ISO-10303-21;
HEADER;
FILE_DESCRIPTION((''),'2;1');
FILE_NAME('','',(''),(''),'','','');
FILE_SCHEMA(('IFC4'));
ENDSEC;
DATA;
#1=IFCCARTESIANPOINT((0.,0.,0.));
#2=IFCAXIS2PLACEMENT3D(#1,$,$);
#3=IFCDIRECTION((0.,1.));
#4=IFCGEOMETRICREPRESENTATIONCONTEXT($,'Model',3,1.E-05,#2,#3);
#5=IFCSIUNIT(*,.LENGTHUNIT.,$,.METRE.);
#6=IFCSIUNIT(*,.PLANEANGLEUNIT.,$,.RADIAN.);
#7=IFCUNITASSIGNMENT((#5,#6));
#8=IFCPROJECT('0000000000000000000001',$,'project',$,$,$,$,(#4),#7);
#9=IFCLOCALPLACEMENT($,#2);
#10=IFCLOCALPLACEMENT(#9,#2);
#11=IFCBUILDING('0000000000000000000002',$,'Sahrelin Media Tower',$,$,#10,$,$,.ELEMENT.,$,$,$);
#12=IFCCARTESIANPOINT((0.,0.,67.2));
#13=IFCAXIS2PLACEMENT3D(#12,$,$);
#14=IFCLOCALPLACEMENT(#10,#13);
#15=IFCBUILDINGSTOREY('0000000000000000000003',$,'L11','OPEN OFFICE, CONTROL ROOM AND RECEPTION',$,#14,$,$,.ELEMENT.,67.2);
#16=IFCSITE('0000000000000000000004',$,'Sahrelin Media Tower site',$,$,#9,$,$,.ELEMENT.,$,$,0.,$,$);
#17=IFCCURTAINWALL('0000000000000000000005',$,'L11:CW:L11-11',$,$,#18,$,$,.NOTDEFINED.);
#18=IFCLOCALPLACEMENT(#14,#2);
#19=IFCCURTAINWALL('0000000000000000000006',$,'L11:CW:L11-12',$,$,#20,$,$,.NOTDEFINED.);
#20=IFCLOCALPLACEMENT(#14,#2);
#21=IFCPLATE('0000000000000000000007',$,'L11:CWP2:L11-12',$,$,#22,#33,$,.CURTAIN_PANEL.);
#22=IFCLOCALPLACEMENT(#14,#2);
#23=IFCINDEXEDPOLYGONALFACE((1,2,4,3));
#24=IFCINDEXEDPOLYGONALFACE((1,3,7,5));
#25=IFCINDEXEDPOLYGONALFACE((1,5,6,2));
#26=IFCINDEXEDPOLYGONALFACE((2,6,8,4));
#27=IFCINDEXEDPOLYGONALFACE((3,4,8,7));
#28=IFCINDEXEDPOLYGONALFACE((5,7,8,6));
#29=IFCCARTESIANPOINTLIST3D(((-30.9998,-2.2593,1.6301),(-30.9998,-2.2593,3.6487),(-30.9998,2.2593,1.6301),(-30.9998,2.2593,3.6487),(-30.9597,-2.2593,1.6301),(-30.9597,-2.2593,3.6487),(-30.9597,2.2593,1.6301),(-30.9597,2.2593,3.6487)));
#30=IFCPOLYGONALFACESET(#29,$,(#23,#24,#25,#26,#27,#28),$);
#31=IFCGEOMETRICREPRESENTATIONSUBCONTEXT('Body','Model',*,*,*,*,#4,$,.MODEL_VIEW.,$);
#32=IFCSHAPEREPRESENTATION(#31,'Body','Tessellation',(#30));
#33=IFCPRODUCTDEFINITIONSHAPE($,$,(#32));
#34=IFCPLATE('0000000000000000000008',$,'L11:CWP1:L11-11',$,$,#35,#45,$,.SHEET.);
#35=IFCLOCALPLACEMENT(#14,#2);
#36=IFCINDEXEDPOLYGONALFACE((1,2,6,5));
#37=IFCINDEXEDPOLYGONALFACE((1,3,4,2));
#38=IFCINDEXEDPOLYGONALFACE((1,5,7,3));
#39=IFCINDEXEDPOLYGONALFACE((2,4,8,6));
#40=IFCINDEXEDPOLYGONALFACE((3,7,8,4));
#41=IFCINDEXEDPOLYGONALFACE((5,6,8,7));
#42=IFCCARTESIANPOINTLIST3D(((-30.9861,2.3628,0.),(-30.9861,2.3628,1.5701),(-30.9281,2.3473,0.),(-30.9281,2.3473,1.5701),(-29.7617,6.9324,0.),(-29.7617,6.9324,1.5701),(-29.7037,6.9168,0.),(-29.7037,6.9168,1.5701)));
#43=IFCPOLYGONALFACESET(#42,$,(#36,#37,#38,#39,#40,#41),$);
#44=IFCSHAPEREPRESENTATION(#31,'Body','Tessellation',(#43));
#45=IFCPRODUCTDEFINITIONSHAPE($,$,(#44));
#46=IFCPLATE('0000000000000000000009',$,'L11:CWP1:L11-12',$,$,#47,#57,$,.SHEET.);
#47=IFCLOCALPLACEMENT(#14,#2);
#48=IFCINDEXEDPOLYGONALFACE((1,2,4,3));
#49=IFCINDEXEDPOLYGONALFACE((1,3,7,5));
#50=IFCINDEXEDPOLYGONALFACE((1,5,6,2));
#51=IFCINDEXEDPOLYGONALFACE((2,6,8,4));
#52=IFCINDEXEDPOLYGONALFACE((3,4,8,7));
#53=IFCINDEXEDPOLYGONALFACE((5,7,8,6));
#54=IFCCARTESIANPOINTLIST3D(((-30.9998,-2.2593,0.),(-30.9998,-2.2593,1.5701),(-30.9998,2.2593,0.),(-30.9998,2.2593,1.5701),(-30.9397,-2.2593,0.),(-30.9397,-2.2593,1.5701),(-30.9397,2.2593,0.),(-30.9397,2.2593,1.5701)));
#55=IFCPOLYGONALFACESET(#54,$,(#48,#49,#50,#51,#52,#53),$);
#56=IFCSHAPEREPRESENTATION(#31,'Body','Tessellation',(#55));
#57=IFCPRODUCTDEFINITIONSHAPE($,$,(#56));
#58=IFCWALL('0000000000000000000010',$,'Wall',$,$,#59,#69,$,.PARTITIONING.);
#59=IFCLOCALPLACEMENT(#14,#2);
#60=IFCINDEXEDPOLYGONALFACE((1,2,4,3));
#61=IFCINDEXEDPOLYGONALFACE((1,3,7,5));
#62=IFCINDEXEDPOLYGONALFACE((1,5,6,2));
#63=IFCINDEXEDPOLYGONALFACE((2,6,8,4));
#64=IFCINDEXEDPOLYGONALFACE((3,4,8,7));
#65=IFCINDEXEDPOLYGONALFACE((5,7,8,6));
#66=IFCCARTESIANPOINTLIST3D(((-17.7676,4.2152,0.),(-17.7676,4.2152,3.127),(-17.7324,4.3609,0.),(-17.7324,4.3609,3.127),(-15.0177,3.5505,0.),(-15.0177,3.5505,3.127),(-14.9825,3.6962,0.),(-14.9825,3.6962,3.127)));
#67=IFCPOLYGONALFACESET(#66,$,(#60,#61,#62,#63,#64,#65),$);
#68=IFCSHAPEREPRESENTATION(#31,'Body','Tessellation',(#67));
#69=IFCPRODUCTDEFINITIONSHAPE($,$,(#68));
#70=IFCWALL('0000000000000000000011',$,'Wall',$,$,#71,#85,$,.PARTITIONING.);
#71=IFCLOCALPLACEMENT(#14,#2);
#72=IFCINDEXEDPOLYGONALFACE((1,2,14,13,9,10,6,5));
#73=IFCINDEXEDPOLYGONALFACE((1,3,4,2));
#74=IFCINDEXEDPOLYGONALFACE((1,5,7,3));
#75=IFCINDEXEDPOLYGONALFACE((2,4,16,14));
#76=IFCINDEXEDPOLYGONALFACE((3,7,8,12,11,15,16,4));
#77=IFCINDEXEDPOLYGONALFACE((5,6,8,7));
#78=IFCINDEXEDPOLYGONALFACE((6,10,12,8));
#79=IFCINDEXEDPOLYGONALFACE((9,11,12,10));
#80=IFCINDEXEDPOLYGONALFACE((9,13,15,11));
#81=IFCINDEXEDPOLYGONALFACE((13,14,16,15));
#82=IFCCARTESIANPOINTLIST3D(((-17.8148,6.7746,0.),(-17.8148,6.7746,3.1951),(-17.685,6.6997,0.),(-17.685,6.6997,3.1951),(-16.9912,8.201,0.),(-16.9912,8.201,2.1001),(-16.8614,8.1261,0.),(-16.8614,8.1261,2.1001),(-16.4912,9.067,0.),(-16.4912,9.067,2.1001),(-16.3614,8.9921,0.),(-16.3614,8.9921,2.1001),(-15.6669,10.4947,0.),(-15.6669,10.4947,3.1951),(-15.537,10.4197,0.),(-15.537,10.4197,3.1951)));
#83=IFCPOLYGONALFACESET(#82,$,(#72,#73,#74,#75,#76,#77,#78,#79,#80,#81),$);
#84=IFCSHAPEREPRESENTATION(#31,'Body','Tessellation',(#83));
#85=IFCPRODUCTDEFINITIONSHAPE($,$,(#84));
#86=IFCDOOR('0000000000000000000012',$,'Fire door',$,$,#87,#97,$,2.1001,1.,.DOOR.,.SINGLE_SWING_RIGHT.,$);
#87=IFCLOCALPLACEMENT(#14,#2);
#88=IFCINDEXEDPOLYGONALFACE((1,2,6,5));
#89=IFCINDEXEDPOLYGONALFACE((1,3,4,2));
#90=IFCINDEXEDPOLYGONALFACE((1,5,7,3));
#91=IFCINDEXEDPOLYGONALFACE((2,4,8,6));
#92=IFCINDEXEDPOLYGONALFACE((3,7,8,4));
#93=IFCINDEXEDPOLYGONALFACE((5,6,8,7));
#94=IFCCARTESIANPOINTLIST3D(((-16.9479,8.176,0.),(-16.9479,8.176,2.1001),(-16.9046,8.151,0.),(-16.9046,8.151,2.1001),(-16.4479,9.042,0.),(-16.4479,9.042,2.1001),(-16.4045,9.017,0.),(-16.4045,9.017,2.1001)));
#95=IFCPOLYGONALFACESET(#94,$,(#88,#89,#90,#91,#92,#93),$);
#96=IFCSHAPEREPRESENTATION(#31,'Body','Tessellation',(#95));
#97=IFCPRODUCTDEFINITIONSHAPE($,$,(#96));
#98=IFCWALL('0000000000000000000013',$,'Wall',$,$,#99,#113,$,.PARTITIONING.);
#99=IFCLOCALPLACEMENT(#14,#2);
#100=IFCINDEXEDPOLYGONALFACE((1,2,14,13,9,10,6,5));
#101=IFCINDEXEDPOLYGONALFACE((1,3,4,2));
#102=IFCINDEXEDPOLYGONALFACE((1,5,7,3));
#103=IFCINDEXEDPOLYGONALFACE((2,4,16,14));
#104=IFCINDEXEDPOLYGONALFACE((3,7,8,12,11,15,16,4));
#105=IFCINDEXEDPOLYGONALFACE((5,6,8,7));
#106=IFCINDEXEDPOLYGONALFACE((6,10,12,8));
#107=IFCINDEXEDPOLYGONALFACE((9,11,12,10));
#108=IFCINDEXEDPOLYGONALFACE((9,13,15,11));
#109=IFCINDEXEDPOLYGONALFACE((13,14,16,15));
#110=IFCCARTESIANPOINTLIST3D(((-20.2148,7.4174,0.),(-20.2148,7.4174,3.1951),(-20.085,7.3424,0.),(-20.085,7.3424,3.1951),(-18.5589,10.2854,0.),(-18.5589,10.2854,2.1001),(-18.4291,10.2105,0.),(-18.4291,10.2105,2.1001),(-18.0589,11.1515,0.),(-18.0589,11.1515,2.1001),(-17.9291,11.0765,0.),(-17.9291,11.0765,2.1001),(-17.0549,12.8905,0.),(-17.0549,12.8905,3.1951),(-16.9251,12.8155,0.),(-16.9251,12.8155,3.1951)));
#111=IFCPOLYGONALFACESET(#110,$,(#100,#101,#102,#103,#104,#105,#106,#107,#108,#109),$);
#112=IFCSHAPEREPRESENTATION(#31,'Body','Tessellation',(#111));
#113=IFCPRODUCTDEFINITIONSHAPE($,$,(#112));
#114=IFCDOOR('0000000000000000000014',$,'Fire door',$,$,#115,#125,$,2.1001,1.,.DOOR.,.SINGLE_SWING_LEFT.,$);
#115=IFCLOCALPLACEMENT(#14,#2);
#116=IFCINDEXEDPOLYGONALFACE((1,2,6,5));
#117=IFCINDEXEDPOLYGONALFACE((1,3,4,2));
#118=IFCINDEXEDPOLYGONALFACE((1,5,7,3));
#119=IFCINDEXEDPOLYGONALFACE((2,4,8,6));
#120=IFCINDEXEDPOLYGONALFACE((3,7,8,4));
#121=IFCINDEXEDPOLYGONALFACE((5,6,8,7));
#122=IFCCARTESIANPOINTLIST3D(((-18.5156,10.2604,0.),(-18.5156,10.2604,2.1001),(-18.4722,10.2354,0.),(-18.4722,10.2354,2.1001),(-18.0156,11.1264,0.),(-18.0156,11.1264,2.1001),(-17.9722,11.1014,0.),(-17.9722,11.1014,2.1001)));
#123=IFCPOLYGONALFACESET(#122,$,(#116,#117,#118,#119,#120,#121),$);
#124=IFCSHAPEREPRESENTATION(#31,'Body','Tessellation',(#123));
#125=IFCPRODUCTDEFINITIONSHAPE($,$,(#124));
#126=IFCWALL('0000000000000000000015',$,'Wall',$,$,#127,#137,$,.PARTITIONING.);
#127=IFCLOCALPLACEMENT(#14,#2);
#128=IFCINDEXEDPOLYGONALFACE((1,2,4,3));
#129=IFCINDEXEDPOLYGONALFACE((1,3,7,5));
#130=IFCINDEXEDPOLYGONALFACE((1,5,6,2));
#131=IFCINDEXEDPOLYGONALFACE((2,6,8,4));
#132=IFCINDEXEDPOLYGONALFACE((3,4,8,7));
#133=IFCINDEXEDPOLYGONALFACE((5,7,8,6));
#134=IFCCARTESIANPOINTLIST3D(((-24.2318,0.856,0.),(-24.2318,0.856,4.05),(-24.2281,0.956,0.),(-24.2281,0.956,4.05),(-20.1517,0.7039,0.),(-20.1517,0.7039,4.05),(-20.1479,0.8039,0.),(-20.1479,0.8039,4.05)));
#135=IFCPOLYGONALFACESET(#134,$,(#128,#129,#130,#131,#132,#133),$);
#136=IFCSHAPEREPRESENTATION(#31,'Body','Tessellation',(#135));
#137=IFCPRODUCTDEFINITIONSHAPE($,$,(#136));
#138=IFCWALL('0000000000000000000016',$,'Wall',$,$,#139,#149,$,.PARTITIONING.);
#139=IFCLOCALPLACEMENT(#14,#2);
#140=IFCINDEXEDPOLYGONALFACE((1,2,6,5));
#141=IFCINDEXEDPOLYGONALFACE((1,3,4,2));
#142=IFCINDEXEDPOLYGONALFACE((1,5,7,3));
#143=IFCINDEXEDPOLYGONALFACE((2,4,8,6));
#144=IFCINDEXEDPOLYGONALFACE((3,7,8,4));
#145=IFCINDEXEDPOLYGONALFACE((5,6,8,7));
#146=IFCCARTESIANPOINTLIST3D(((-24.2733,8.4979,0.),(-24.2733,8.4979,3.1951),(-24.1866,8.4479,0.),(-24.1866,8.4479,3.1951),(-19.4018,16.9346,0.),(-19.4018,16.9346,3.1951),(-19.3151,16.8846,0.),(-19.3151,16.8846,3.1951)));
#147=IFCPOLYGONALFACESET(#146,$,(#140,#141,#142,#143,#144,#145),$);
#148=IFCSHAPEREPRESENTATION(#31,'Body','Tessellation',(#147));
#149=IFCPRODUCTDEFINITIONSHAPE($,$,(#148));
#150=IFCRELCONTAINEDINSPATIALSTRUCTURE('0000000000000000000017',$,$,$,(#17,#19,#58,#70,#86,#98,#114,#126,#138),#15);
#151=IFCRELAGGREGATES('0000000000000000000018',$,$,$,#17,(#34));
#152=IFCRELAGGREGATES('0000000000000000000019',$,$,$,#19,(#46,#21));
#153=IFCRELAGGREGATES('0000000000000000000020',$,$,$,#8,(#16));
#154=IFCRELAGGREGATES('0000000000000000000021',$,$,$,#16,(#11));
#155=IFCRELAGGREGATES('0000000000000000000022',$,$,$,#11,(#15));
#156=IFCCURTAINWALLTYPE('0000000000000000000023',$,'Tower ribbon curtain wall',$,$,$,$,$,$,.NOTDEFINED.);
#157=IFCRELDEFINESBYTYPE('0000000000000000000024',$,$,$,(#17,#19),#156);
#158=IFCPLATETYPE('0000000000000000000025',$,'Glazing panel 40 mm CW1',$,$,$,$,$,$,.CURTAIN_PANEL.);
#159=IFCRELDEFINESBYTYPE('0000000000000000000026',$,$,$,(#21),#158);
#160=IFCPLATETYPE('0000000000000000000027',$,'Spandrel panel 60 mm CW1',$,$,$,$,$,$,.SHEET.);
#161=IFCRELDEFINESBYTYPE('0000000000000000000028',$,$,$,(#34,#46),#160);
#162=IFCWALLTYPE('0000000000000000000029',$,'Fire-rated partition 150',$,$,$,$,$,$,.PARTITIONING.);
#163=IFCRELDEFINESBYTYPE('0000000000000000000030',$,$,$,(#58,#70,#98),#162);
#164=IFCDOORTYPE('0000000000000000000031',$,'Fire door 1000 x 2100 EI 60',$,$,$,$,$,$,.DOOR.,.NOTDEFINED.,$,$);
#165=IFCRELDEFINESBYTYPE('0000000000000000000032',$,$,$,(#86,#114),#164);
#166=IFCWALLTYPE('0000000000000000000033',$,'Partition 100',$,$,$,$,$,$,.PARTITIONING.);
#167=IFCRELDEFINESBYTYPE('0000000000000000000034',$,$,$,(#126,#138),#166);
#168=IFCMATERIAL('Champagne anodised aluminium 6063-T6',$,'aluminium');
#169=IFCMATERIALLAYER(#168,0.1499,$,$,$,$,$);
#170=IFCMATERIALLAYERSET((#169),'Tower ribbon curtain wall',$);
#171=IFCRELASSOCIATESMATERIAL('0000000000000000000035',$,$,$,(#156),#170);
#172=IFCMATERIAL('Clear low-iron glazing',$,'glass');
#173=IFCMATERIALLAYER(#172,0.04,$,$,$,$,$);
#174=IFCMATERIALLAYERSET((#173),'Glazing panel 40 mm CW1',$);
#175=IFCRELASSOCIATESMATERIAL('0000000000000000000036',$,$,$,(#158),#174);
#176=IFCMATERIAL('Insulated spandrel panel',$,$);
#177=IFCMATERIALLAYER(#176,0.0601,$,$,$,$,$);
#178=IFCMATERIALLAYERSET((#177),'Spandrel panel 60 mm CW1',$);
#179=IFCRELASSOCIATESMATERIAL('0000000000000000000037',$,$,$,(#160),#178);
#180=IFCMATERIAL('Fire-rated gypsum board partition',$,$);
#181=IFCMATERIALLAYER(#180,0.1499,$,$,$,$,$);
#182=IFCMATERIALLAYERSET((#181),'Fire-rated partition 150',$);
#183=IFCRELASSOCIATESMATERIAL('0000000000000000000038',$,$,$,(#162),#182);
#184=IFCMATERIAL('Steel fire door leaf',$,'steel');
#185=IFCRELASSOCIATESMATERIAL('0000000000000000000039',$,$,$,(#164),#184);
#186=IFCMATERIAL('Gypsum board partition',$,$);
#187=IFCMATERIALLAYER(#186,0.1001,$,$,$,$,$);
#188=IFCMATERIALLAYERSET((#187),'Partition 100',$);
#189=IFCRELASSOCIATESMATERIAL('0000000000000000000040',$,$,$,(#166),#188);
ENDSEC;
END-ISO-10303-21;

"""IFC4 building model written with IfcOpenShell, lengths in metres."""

from ifc_helpers import new_model, si_unit, direction, frame, frame_2d, origin, place, context, subcontext, project, spatial, polyline, rectangle, outline, extrude, material, layer, layer_set, type_object, element, fill, aggregate, save


model = new_model("IFC4")

# Units and contexts
model_context = context("Model", 3, precision=1e-05, world=origin(), true_north=direction((0.0, 1.0)))
body_context = subcontext(model_context, "Body", "Model", "MODEL_VIEW")
ifc_project = project(units=[si_unit("LENGTHUNIT", "METRE"), si_unit("PLANEANGLEUNIT", "RADIAN")], contexts=[model_context])

# Site, building, storey
site_placement = place(None, origin())
site = spatial("IfcSite", under=ifc_project, at=site_placement, Name="Sahrelin Media Tower site", CompositionType="ELEMENT", RefElevation=0.0)
building_placement = place(site_placement, origin())
building = spatial("IfcBuilding", under=site, at=building_placement, Name="Sahrelin Media Tower", CompositionType="ELEMENT")
storey_placement = place(building_placement, frame((0.0, 0.0, 67.2)))
storey = spatial("IfcBuildingStorey", under=building, at=storey_placement, Name="L11", Description="OPEN OFFICE, CONTROL ROOM AND RECEPTION", CompositionType="ELEMENT", Elevation=67.2)

# Curtain wall
ifc_material_1 = material(Name="Champagne anodised aluminium 6063-T6", Category="aluminium")
ifc_layer_1 = layer(ifc_material_1, 0.1499)
ifc_layer_set_1 = layer_set([ifc_layer_1], Name="Tower ribbon curtain wall")
curtain_wall_type = type_object("IfcCurtainWallType", Name="Tower ribbon curtain wall", PredefinedType="NOTDEFINED", material=ifc_layer_set_1)
curtain_wall_1_placement = place(storey_placement, frame((-30.3545, 4.6423, 0.0), z_axis=(0.0, 0.0, 1.0), x_axis=(1.0, 0.0, 0.0)))
curtain_wall_1 = element("IfcCurtainWall", 1, at=curtain_wall_1_placement, inside=storey, type_object=curtain_wall_type, Name="L11:CW:L11-11", PredefinedType="NOTDEFINED")

# Curtain wall
curtain_wall_2_placement = place(storey_placement, frame((-30.9797, 0.0, 0.0), z_axis=(0.0, 0.0, 1.0), x_axis=(1.0, 0.0, 0.0)))
curtain_wall_2 = element("IfcCurtainWall", 2, at=curtain_wall_2_placement, inside=storey, type_object=curtain_wall_type, Name="L11:CW:L11-12", PredefinedType="NOTDEFINED")

# Plates
ifc_material_2 = material(Name="Clear low-iron glazing", Category="glass")
ifc_layer_2 = layer(ifc_material_2, 0.04)
ifc_layer_set_2 = layer_set([ifc_layer_2], Name="Glazing panel 40 mm CW1")
plate_type_1 = type_object("IfcPlateType", Name="Glazing panel 40 mm CW1", PredefinedType="CURTAIN_PANEL", material=ifc_layer_set_2)
plate_1_placement = place(storey_placement, frame((-30.9998, 2.2593, 1.6301), z_axis=(-1.0, 0.0, 0.0), x_axis=(0.0, -1.0, 0.0)))
plate_1 = element("IfcPlate", 3, at=plate_1_placement, type_object=plate_type_1, Name="L11:CWP2:L11-12", PredefinedType="CURTAIN_PANEL", context=body_context, shape_type="SweptSolid", body=[
    extrude(outline(polyline([(0.0, 0.0), (4.5186, 0.0), (4.5186, 2.0186), (0.0, 2.0186), (0.0, 0.0)])), origin(), (0.0, 0.0, -1.0), 0.04),
])
ifc_material_3 = material(Name="Insulated spandrel panel")
ifc_layer_3 = layer(ifc_material_3, 0.0601)
ifc_layer_set_3 = layer_set([ifc_layer_3], Name="Spandrel panel 60 mm CW1")
plate_type_2 = type_object("IfcPlateType", Name="Spandrel panel 60 mm CW1", PredefinedType="SHEET", material=ifc_layer_set_3)
plate_2_placement = place(storey_placement, frame((-29.7617, 6.9324, 0.0), z_axis=(-0.965928, 0.258809, 0.0), x_axis=(-0.258809, -0.965928, 0.0)))
plate_2 = element("IfcPlate", 4, at=plate_2_placement, type_object=plate_type_2, Name="L11:CWP1:L11-11", PredefinedType="SHEET", context=body_context, shape_type="SweptSolid", body=[
    extrude(outline(polyline([(0.0, 0.0), (4.7307, 0.0), (4.7307, 1.5701), (0.0, 1.5701), (0.0, 0.0)])), origin(), (0.0, 0.0, -1.0), 0.0601),
])
aggregate(curtain_wall_1, [plate_2])
plate_3_placement = place(storey_placement, frame((-30.9998, 2.2593, 0.0), z_axis=(-1.0, 0.0, 0.0), x_axis=(0.0, -1.0, 0.0)))
plate_3 = element("IfcPlate", 5, at=plate_3_placement, type_object=plate_type_2, Name="L11:CWP1:L11-12", PredefinedType="SHEET", context=body_context, shape_type="SweptSolid", body=[
    extrude(outline(polyline([(0.0, 0.0), (4.5186, 0.0), (4.5186, 1.5701), (0.0, 1.5701), (0.0, 0.0)])), origin(), (0.0, 0.0, -1.0), 0.0601),
])
aggregate(curtain_wall_2, [plate_3, plate_1])

# Wall
ifc_material_4 = material(Name="Fire-rated gypsum board partition")
ifc_layer_4 = layer(ifc_material_4, 0.1499)
ifc_layer_set_4 = layer_set([ifc_layer_4], Name="Fire-rated partition 150")
wall_type_1 = type_object("IfcWallType", Name="Fire-rated partition 150", PredefinedType="PARTITIONING", material=ifc_layer_set_4)
wall_1_placement = place(storey_placement, frame((-17.75, 4.2881, 0.0), z_axis=(0.0, 0.0, 1.0), x_axis=(0.972001, -0.234975, 0.0)))
element("IfcWall", 6, at=wall_1_placement, inside=storey, type_object=wall_type_1, Name="Wall", PredefinedType="PARTITIONING", context=body_context, shape_type="SweptSolid", body=[
    extrude(rectangle(XDim=2.8291, YDim=0.1499, at=frame_2d((1.4146, 0.0))), origin(), (0.0, 0.0, 1.0), 3.127),
])

# Walls, openings, doors
wall_2_placement = place(storey_placement, frame((-17.75, 6.7371, 0.0), z_axis=(0.0, 0.0, 1.0), x_axis=(0.500039, 0.866003, 0.0)))
wall_2 = element("IfcWall", 7, at=wall_2_placement, inside=storey, type_object=wall_type_1, Name="Wall", PredefinedType="PARTITIONING", context=body_context, shape_type="SweptSolid", body=[
    extrude(rectangle(XDim=4.2957, YDim=0.1499, at=frame_2d((2.1479, 0.0))), origin(), (0.0, 0.0, 1.0), 3.1951),
])
opening_1_placement = place(wall_2_placement, frame((1.6472, 0.0, 0.0)))
opening_1 = element("IfcOpeningElement", 8, at=opening_1_placement, cuts=wall_2, PredefinedType="OPENING", context=body_context, shape_type="SweptSolid", body=[
    extrude(rectangle(XDim=1.0, YDim=2.1001, at=frame_2d((0.5, 1.05))), frame((0.0, 0.075, 0.0), z_axis=(0.0, -1.0, 0.0), x_axis=(1.0, 0.0, 0.0)), (0.0, 0.0, 1.0), 0.1499),
])
ifc_material_5 = material(Name="Steel fire door leaf", Category="steel")
door_type = type_object("IfcDoorType", Name="Fire door 1000 x 2100 EI 60", OperationType="NOTDEFINED", PredefinedType="DOOR", material=ifc_material_5)
door_1_placement = place(opening_1_placement, origin())
door_1 = element("IfcDoor", 9, at=door_1_placement, inside=storey, type_object=door_type, Name="Fire door", OperationType="SINGLE_SWING_RIGHT", OverallHeight=2.1001, OverallWidth=1.0, PredefinedType="DOOR", context=body_context, shape_type="SweptSolid", body=[
    extrude(rectangle(XDim=1.0, YDim=2.1001, at=frame_2d((0.5, 1.05))), frame((0.0, 0.0249, 0.0), z_axis=(0.0, -1.0, 0.0), x_axis=(1.0, 0.0, 0.0)), (0.0, 0.0, 1.0), 0.05),
])
fill(opening_1, door_1)
wall_3_placement = place(storey_placement, frame((-20.1499, 7.3799, 0.0), z_axis=(0.0, 0.0, 1.0), x_axis=(0.499999, 0.866026, 0.0)))
wall_3 = element("IfcWall", 10, at=wall_3_placement, inside=storey, type_object=wall_type_1, Name="Wall", PredefinedType="PARTITIONING", context=body_context, shape_type="SweptSolid", body=[
    extrude(rectangle(XDim=6.3198, YDim=0.1499, at=frame_2d((3.1599, 0.0))), origin(), (0.0, 0.0, 1.0), 3.1951),
])
opening_2_placement = place(wall_3_placement, frame((3.3118, 0.0, 0.0)))
opening_2 = element("IfcOpeningElement", 11, at=opening_2_placement, cuts=wall_3, PredefinedType="OPENING", context=body_context, shape_type="SweptSolid", body=[
    extrude(rectangle(XDim=1.0, YDim=2.1001, at=frame_2d((0.5, 1.05))), frame((0.0, 0.075, 0.0), z_axis=(0.0, -1.0, 0.0), x_axis=(1.0, 0.0, 0.0)), (0.0, 0.0, 1.0), 0.1499),
])
door_2_placement = place(opening_2_placement, origin())
door_2 = element("IfcDoor", 12, at=door_2_placement, inside=storey, type_object=door_type, Name="Fire door", OperationType="SINGLE_SWING_LEFT", OverallHeight=2.1001, OverallWidth=1.0, PredefinedType="DOOR", context=body_context, shape_type="SweptSolid", body=[
    extrude(rectangle(XDim=1.0, YDim=2.1001, at=frame_2d((0.5, 1.05))), frame((0.0, 0.0249, 0.0), z_axis=(0.0, -1.0, 0.0), x_axis=(1.0, 0.0, 0.0)), (0.0, 0.0, 1.0), 0.05),
])
fill(opening_2, door_2)

# Walls
ifc_material_6 = material(Name="Gypsum board partition")
ifc_layer_5 = layer(ifc_material_6, 0.1001)
ifc_layer_set_5 = layer_set([ifc_layer_5], Name="Partition 100")
wall_type_2 = type_object("IfcWallType", Name="Partition 100", PredefinedType="PARTITIONING", material=ifc_layer_set_5)
wall_4_placement = place(storey_placement, frame((-24.23, 0.906, 0.0), z_axis=(0.0, 0.0, 1.0), x_axis=(0.999306, -0.037253, 0.0)))
element("IfcWall", 13, at=wall_4_placement, inside=storey, type_object=wall_type_2, Name="Wall", PredefinedType="PARTITIONING", context=body_context, shape_type="SweptSolid", body=[
    extrude(rectangle(XDim=4.083, YDim=0.1001, at=frame_2d((2.0415, 0.0))), origin(), (0.0, 0.0, 1.0), 4.05),
])
wall_5_placement = place(storey_placement, frame((-24.23, 8.4729, 0.0), z_axis=(0.0, 0.0, 1.0), x_axis=(0.500047, 0.865998, 0.0)))
element("IfcWall", 14, at=wall_5_placement, inside=storey, type_object=wall_type_2, Name="Wall", PredefinedType="PARTITIONING", context=body_context, shape_type="SweptSolid", body=[
    extrude(rectangle(XDim=9.7422, YDim=0.1001, at=frame_2d((4.8711, 0.0))), origin(), (0.0, 0.0, 1.0), 3.1951),
])

save(model, "model.ifc")
